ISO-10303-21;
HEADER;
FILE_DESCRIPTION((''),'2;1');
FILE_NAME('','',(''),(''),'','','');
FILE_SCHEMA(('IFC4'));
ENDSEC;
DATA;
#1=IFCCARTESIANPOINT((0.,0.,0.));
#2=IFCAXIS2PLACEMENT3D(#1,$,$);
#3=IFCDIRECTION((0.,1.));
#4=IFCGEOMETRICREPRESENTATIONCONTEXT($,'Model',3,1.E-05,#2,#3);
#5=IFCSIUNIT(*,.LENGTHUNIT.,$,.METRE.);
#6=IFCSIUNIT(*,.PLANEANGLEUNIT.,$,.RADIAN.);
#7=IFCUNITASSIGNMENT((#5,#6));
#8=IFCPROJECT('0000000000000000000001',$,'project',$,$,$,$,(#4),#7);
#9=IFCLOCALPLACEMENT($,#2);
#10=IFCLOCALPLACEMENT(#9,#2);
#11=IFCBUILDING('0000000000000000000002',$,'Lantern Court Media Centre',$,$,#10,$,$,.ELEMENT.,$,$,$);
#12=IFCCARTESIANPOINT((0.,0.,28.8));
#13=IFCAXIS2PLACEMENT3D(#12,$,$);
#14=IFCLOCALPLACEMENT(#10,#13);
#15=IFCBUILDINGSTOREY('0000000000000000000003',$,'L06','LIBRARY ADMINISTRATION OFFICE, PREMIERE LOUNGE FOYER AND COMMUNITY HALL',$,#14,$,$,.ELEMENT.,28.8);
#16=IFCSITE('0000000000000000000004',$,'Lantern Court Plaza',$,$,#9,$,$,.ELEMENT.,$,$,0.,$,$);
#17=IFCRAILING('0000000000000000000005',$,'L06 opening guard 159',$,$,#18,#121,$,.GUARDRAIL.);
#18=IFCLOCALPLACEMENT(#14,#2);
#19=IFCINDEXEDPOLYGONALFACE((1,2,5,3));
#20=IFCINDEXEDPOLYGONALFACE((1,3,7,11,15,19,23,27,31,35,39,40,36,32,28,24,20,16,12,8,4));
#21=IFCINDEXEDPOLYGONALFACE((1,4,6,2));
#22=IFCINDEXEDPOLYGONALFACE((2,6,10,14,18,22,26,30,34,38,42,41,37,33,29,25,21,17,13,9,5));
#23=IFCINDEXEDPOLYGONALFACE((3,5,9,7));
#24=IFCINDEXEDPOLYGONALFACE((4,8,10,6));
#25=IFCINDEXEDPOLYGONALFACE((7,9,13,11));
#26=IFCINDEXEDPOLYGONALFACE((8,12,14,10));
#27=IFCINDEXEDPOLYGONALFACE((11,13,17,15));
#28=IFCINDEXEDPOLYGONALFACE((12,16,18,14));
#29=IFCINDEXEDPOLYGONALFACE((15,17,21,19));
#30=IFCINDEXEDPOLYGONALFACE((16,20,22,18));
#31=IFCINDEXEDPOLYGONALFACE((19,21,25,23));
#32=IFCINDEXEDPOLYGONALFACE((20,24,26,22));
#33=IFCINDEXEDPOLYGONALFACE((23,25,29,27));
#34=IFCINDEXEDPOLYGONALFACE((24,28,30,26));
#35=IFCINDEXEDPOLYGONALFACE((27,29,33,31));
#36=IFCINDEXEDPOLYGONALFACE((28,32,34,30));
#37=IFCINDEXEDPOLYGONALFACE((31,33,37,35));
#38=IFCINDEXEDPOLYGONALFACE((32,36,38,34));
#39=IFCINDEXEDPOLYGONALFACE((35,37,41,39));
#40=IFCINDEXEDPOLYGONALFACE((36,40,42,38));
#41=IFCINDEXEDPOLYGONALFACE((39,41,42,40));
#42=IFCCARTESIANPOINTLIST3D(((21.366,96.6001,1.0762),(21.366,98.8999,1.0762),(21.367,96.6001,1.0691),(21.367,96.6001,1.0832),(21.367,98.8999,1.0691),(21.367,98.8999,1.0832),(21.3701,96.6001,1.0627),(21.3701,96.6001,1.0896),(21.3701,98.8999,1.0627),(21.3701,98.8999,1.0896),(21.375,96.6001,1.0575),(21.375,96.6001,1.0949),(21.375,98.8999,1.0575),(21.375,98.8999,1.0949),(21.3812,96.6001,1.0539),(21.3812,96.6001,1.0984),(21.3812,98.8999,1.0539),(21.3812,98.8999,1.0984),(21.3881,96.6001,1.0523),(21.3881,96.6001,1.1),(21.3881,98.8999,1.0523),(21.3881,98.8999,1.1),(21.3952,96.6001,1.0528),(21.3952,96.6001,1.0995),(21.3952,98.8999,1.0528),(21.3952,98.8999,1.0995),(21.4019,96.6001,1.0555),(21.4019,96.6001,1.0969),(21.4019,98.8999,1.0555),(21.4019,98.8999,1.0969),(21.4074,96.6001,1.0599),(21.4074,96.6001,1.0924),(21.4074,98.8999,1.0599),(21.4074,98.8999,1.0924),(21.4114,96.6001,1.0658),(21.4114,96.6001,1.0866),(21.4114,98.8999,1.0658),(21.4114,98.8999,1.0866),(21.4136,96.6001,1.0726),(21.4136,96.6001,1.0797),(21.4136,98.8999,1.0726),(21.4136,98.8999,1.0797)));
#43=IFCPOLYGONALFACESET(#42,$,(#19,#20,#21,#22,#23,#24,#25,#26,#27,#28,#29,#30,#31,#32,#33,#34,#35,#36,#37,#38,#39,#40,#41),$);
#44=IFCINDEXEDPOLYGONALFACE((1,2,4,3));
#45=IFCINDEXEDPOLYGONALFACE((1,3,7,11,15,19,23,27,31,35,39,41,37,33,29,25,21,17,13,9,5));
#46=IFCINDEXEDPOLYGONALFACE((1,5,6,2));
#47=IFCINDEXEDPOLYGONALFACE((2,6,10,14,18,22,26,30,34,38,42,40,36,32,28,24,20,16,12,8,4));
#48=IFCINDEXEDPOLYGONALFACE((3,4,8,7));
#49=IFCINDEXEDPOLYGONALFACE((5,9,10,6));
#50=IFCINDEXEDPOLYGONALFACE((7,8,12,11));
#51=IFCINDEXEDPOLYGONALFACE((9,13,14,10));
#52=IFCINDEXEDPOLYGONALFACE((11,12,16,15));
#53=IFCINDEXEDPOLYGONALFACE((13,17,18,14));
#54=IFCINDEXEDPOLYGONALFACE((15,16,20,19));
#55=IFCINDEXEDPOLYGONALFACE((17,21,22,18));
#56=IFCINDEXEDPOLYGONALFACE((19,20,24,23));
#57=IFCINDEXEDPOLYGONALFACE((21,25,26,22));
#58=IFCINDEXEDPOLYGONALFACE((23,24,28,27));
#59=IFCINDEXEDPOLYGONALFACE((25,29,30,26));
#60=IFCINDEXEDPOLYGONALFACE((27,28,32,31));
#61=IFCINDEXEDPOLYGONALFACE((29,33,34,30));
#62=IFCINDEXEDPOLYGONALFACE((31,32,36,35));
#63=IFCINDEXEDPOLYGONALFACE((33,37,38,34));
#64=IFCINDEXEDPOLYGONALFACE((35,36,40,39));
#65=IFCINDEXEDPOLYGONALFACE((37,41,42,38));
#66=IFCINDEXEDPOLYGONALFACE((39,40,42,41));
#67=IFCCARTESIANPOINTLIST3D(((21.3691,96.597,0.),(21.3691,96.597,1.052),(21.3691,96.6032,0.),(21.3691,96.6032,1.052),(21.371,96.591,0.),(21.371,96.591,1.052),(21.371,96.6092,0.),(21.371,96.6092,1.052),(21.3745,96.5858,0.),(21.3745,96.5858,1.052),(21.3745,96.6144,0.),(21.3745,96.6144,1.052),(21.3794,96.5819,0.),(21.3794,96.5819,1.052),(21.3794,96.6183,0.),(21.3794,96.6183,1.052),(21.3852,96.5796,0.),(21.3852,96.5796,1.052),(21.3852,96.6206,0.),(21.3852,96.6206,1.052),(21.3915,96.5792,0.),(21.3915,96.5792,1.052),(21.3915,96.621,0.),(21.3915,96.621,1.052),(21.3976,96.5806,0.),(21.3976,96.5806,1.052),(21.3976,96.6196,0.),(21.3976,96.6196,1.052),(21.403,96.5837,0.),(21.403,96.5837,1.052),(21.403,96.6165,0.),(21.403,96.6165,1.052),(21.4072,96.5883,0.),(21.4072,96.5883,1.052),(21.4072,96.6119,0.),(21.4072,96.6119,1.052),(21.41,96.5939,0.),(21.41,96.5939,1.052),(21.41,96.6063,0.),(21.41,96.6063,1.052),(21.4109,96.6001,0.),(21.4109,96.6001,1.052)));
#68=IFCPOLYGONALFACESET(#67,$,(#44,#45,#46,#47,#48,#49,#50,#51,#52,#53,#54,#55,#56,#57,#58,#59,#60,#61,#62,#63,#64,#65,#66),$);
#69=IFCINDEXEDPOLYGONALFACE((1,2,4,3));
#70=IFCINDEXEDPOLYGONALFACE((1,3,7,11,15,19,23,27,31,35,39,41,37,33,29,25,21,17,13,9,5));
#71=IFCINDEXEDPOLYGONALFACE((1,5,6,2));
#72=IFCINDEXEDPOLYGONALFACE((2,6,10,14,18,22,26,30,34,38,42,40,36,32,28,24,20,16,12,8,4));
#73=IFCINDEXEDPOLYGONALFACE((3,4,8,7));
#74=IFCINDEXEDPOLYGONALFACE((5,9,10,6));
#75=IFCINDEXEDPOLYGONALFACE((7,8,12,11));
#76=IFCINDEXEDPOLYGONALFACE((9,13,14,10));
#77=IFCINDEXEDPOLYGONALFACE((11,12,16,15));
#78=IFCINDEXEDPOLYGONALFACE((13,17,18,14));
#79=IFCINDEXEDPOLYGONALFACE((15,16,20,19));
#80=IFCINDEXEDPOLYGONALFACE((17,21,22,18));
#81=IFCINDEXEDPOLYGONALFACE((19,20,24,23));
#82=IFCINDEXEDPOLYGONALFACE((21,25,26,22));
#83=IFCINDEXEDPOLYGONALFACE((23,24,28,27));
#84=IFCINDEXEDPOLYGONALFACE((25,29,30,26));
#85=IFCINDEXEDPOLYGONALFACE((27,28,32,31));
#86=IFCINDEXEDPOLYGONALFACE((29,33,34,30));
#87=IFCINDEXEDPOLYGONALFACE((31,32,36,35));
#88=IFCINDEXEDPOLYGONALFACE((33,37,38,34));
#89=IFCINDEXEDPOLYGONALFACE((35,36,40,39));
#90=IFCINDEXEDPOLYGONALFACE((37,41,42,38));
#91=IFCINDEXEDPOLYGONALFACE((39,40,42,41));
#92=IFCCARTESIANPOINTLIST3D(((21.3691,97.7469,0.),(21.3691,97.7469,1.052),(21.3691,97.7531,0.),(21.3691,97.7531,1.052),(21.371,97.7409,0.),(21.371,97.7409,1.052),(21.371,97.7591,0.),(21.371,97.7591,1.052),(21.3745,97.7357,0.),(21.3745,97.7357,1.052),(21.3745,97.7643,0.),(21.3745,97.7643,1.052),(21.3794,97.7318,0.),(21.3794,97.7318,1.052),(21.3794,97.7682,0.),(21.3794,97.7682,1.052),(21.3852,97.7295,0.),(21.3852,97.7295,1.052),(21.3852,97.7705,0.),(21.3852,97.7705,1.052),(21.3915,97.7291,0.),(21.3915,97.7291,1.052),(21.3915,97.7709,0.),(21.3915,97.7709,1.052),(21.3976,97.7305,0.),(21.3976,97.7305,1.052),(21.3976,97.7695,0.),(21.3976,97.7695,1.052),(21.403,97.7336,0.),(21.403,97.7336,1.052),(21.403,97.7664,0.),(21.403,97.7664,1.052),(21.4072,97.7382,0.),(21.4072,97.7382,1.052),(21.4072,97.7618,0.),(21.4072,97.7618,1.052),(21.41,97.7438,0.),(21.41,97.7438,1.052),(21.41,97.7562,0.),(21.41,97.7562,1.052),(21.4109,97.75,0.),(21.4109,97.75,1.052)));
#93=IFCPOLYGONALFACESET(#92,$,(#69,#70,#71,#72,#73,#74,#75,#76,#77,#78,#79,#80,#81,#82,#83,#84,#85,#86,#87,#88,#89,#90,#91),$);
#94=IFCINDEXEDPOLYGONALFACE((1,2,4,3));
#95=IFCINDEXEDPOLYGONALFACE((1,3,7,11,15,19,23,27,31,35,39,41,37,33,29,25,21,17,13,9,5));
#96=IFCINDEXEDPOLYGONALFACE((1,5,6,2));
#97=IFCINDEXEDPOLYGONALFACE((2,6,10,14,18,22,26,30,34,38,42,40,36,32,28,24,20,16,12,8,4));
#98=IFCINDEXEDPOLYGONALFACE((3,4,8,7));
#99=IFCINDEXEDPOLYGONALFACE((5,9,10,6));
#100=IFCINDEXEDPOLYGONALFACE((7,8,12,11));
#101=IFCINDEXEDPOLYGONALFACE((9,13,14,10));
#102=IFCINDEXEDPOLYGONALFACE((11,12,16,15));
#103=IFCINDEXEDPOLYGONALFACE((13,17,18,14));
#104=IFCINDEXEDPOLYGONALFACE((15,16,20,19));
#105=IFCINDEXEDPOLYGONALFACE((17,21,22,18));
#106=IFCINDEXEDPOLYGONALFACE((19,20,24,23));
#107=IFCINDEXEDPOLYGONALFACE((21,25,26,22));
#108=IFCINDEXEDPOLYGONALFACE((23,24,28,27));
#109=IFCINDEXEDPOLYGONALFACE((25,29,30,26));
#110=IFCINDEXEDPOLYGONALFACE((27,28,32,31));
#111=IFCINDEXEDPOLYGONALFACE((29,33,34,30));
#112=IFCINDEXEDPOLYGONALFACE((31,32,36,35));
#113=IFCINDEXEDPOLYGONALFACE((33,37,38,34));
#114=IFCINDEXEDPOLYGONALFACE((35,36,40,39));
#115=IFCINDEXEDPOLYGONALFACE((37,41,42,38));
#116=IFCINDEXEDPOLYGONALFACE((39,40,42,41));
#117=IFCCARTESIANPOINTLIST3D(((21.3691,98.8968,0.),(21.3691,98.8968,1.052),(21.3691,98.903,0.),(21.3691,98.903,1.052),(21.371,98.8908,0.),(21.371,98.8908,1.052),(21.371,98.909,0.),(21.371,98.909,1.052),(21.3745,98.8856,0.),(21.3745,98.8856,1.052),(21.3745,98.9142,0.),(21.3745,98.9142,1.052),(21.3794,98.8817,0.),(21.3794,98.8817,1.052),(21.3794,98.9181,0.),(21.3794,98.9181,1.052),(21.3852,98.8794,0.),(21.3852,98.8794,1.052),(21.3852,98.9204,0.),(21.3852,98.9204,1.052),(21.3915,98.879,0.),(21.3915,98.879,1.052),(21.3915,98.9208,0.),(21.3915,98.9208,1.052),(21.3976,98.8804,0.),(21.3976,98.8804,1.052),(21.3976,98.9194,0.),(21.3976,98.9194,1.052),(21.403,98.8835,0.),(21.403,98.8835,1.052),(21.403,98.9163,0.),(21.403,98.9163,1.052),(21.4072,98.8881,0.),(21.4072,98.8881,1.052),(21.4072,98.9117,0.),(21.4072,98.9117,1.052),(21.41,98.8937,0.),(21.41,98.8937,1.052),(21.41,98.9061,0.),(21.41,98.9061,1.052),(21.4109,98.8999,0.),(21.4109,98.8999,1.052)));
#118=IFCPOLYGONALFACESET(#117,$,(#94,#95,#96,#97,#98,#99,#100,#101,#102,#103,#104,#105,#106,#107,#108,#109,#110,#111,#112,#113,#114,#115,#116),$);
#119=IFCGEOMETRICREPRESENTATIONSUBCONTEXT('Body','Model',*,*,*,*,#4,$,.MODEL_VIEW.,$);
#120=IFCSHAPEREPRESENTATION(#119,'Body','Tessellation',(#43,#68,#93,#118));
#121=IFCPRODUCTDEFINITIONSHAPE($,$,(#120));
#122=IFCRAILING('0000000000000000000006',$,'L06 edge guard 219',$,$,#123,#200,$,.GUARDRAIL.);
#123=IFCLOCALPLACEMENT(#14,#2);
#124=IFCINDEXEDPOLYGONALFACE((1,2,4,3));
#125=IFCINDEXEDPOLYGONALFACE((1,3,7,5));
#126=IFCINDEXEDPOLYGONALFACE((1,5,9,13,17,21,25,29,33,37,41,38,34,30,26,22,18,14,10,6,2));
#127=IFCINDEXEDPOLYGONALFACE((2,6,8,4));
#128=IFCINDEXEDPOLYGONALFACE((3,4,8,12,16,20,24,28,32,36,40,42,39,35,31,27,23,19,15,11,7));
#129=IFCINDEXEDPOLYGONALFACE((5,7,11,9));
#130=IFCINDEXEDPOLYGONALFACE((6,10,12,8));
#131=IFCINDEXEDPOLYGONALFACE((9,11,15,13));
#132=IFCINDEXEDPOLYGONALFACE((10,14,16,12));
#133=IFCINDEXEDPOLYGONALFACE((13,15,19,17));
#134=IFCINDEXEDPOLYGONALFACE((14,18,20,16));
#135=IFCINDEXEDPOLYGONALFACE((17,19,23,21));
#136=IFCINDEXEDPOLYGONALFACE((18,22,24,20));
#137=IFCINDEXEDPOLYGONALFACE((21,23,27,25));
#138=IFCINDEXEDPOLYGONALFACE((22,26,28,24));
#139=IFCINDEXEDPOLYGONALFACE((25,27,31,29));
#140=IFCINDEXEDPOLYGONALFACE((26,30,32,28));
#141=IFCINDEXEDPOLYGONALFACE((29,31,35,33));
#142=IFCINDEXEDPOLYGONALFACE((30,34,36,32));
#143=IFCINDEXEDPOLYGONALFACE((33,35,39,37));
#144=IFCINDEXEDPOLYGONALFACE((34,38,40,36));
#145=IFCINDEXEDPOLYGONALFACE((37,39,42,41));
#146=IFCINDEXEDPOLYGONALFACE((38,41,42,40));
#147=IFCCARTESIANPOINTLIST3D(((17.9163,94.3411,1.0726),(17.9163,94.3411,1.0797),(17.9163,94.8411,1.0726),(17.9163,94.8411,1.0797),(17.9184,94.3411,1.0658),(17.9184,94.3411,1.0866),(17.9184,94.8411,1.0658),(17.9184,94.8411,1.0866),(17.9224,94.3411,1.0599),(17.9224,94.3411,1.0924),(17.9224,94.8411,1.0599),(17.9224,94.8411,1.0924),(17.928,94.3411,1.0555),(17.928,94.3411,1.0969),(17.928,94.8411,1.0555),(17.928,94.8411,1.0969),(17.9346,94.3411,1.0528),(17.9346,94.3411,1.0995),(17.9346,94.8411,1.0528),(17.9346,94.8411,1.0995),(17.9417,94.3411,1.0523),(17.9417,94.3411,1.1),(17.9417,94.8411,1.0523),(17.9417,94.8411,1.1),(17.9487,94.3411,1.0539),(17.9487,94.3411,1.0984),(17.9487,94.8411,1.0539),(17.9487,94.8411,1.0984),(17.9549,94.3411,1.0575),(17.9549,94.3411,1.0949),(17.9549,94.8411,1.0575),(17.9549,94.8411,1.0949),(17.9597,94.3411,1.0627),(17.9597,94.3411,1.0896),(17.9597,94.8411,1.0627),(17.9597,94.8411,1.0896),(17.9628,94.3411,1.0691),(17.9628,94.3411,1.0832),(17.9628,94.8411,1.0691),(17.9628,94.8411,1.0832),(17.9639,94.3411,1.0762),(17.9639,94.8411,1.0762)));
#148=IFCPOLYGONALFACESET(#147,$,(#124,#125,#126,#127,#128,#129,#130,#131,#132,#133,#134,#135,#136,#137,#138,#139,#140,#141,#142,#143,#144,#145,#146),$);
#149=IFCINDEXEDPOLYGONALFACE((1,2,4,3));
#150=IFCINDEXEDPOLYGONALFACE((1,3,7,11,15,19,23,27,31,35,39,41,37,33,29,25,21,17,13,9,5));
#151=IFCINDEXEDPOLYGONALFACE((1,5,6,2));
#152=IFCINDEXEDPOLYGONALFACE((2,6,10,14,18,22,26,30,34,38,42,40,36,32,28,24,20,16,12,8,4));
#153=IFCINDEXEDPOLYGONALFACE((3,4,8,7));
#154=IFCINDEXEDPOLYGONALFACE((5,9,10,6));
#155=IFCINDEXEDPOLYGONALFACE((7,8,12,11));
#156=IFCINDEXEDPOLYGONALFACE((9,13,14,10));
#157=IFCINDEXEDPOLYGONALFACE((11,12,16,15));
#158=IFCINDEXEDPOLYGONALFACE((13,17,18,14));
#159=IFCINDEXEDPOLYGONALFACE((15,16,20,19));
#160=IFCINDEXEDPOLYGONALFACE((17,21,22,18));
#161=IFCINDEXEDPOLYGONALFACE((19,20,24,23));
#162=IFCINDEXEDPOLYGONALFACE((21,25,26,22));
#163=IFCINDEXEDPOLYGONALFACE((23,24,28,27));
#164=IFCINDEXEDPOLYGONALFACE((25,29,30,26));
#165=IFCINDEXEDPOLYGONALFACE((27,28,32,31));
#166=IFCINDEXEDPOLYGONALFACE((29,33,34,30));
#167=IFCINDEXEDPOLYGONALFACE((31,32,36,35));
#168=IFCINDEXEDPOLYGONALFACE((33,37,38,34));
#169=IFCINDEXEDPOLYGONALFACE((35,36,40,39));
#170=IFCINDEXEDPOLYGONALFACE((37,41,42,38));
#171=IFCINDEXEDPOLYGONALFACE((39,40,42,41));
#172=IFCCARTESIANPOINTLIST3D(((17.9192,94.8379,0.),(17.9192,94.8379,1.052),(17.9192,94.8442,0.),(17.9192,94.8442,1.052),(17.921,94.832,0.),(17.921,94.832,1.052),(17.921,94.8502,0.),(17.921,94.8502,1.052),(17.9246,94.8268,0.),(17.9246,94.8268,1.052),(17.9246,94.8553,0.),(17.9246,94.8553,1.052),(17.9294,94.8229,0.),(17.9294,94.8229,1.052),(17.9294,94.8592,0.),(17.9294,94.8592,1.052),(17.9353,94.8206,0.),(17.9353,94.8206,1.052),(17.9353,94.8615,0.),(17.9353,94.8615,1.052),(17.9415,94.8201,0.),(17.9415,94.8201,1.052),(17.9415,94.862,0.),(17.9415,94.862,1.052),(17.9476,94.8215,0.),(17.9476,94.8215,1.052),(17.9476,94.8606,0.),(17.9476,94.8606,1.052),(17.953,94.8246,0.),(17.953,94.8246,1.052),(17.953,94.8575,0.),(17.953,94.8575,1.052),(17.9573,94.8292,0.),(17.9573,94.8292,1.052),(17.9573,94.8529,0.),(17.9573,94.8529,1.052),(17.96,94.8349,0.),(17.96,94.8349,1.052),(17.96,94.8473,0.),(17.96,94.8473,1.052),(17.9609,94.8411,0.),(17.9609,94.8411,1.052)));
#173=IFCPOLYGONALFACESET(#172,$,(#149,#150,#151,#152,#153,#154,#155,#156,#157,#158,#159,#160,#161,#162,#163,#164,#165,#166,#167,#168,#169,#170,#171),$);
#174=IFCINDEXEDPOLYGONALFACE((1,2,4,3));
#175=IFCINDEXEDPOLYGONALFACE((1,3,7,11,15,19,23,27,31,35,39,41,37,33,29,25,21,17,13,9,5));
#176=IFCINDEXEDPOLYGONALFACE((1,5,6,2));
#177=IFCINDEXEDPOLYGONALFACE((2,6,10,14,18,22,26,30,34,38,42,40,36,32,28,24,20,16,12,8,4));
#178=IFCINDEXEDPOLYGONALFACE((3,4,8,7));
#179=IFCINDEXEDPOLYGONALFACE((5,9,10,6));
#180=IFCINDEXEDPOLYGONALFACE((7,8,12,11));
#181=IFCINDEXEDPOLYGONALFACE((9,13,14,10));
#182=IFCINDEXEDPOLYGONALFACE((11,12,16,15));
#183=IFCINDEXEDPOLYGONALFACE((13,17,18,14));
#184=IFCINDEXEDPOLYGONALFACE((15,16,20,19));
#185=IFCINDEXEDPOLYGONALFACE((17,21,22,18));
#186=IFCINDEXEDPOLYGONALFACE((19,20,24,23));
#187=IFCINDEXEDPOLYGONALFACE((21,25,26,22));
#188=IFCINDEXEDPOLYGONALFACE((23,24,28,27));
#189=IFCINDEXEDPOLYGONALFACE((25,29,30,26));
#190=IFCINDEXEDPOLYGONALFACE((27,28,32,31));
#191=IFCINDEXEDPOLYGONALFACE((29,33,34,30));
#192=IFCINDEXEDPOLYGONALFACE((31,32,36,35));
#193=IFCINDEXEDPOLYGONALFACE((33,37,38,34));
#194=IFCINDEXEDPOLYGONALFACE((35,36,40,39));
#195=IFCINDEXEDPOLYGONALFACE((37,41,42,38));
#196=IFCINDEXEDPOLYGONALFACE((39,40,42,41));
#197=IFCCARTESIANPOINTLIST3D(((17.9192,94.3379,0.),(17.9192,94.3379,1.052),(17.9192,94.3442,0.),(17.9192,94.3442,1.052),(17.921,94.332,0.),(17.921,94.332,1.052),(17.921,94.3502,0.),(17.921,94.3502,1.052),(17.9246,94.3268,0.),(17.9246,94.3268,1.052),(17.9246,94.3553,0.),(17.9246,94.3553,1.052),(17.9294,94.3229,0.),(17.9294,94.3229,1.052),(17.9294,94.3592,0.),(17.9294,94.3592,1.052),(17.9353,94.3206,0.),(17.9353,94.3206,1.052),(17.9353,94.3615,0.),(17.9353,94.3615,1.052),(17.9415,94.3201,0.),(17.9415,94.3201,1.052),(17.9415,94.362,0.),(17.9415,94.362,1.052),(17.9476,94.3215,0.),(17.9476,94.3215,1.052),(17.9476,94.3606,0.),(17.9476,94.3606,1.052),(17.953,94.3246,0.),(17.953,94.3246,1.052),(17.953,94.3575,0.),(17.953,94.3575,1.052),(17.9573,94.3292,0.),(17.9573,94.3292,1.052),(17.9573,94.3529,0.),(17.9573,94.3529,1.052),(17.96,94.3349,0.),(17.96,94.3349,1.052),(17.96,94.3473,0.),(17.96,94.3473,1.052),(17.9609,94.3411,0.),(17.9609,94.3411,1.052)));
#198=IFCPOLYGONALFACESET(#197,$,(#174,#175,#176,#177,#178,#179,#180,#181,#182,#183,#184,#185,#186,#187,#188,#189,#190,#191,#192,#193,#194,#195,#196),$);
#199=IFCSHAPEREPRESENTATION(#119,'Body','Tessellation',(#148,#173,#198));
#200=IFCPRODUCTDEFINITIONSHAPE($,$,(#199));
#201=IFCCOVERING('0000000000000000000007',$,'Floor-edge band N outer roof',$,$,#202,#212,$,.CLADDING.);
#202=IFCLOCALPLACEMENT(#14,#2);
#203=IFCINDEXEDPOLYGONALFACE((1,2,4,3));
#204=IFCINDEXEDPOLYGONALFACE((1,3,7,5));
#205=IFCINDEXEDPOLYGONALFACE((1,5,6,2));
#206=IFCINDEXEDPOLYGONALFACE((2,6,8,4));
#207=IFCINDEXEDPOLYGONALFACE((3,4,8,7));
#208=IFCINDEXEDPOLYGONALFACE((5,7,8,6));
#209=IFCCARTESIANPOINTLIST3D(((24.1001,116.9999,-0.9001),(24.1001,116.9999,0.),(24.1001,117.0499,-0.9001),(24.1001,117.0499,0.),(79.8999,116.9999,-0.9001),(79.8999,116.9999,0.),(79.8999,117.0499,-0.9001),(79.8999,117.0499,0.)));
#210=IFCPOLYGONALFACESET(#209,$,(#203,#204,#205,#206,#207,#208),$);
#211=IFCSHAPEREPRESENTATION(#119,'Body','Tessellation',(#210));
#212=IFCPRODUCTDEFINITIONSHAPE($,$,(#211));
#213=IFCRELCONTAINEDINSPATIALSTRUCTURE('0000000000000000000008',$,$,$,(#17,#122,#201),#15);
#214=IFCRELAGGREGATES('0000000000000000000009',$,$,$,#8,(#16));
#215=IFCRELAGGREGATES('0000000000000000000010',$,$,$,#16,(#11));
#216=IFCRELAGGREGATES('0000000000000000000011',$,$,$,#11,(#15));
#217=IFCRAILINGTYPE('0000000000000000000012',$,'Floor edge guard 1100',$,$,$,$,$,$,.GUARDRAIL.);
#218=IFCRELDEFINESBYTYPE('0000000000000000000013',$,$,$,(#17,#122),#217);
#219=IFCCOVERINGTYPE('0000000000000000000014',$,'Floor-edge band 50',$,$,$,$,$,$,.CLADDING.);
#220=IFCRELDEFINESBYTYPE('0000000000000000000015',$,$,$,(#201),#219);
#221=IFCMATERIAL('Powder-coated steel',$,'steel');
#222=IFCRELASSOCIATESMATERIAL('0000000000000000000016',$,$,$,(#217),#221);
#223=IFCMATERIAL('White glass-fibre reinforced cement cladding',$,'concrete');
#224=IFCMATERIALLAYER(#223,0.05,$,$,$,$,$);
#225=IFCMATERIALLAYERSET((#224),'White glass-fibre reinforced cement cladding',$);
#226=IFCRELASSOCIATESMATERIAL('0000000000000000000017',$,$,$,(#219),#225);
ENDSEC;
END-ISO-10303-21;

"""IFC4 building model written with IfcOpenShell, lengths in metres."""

from ifc_helpers import new_model, si_unit, direction, frame, frame_2d, origin, origin_2d, place, context, subcontext, project, spatial, rectangle, circle, extrude, material, layer, layer_set, type_object, element, save


model = new_model("IFC4")

# Units and contexts
model_context = context("Model", 3, precision=1e-05, world=origin(), true_north=direction((0.0, 1.0)))
body_context = subcontext(model_context, "Body", "Model", "MODEL_VIEW")
ifc_project = project(units=[si_unit("LENGTHUNIT", "METRE"), si_unit("PLANEANGLEUNIT", "RADIAN")], contexts=[model_context])

# Site, building, storey
site_placement = place(None, origin())
site = spatial("IfcSite", under=ifc_project, at=site_placement, Name="Lantern Court Plaza", CompositionType="ELEMENT", RefElevation=0.0)
building_placement = place(site_placement, origin())
building = spatial("IfcBuilding", under=site, at=building_placement, Name="Lantern Court Media Centre", CompositionType="ELEMENT")
storey_placement = place(building_placement, frame((0.0, 0.0, 28.8)))
storey = spatial("IfcBuildingStorey", under=building, at=storey_placement, Name="L06", Description="LIBRARY ADMINISTRATION OFFICE, PREMIERE LOUNGE FOYER AND COMMUNITY HALL", CompositionType="ELEMENT", Elevation=28.8)

# Railings
ifc_material_1 = material(Name="Powder-coated steel", Category="steel")
railing_type_1 = type_object("IfcRailingType", Name="Floor edge guard 1100", PredefinedType="GUARDRAIL", material=ifc_material_1)
railing_1_placement = place(storey_placement, frame((21.3899, 96.6001, 0.0)))
element("IfcRailing", 1, at=railing_1_placement, inside=storey, type_object=railing_type_1, Name="L06 opening guard 159", PredefinedType="GUARDRAIL", context=body_context, shape_type="SweptSolid", body=[
    extrude(circle(Radius=0.0239, at=origin_2d()), frame((0.0, 0.0, 1.0762), z_axis=(0.0, 1.0, 0.0), x_axis=(-1.0, 0.0, 0.0)), (0.0, 0.0, 1.0), 2.2998),
    extrude(circle(Radius=0.021, at=origin_2d()), origin(), (0.0, 0.0, 1.0), 1.052),
    extrude(circle(Radius=0.021, at=origin_2d()), frame((0.0, 1.1499, 0.0)), (0.0, 0.0, 1.0), 1.052),
    extrude(circle(Radius=0.021, at=origin_2d()), frame((0.0, 2.2998, 0.0)), (0.0, 0.0, 1.0), 1.052),
])
railing_2_placement = place(storey_placement, frame((17.9399, 94.8411, 0.0)))
element("IfcRailing", 2, at=railing_2_placement, inside=storey, type_object=railing_type_1, Name="L06 edge guard 219", PredefinedType="GUARDRAIL", context=body_context, shape_type="SweptSolid", body=[
    extrude(circle(Radius=0.0239, at=origin_2d()), frame((0.0, 0.0, 1.0762), z_axis=(0.0, -1.0, 0.0), x_axis=(1.0, 0.0, 0.0)), (0.0, 0.0, 1.0), 0.5),
    extrude(circle(Radius=0.021, at=origin_2d()), origin(), (0.0, 0.0, 1.0), 1.052),
    extrude(circle(Radius=0.021, at=origin_2d()), frame((0.0, -0.5, 0.0)), (0.0, 0.0, 1.0), 1.052),
])

# Covering
ifc_material_2 = material(Name="White glass-fibre reinforced cement cladding", Category="concrete")
ifc_layer_1 = layer(ifc_material_2, 0.05)
ifc_layer_set_1 = layer_set([ifc_layer_1], Name="White glass-fibre reinforced cement cladding")
covering_type_1 = type_object("IfcCoveringType", Name="Floor-edge band 50", PredefinedType="CLADDING", material=ifc_layer_set_1)
for number, where, z_axis, x_axis, name in (
    (3, (24.1001, 117.0249, -0.9001), (0.0, 0.0, 1.0), (1.0, 0.0, 0.0), "Floor-edge band N outer roof"),
):
    element("IfcCovering", number, at=place(storey_placement, frame(where, z_axis=z_axis, x_axis=x_axis)), inside=storey, type_object=covering_type_1, Name=name, PredefinedType="CLADDING", context=body_context, shape_type="SweptSolid", body=[
        extrude(rectangle(XDim=55.7998, YDim=0.05, at=frame_2d((27.8999, 0.0))), origin(), (0.0, 0.0, 1.0), 0.9001),
    ])

save(model, "model.ifc")
